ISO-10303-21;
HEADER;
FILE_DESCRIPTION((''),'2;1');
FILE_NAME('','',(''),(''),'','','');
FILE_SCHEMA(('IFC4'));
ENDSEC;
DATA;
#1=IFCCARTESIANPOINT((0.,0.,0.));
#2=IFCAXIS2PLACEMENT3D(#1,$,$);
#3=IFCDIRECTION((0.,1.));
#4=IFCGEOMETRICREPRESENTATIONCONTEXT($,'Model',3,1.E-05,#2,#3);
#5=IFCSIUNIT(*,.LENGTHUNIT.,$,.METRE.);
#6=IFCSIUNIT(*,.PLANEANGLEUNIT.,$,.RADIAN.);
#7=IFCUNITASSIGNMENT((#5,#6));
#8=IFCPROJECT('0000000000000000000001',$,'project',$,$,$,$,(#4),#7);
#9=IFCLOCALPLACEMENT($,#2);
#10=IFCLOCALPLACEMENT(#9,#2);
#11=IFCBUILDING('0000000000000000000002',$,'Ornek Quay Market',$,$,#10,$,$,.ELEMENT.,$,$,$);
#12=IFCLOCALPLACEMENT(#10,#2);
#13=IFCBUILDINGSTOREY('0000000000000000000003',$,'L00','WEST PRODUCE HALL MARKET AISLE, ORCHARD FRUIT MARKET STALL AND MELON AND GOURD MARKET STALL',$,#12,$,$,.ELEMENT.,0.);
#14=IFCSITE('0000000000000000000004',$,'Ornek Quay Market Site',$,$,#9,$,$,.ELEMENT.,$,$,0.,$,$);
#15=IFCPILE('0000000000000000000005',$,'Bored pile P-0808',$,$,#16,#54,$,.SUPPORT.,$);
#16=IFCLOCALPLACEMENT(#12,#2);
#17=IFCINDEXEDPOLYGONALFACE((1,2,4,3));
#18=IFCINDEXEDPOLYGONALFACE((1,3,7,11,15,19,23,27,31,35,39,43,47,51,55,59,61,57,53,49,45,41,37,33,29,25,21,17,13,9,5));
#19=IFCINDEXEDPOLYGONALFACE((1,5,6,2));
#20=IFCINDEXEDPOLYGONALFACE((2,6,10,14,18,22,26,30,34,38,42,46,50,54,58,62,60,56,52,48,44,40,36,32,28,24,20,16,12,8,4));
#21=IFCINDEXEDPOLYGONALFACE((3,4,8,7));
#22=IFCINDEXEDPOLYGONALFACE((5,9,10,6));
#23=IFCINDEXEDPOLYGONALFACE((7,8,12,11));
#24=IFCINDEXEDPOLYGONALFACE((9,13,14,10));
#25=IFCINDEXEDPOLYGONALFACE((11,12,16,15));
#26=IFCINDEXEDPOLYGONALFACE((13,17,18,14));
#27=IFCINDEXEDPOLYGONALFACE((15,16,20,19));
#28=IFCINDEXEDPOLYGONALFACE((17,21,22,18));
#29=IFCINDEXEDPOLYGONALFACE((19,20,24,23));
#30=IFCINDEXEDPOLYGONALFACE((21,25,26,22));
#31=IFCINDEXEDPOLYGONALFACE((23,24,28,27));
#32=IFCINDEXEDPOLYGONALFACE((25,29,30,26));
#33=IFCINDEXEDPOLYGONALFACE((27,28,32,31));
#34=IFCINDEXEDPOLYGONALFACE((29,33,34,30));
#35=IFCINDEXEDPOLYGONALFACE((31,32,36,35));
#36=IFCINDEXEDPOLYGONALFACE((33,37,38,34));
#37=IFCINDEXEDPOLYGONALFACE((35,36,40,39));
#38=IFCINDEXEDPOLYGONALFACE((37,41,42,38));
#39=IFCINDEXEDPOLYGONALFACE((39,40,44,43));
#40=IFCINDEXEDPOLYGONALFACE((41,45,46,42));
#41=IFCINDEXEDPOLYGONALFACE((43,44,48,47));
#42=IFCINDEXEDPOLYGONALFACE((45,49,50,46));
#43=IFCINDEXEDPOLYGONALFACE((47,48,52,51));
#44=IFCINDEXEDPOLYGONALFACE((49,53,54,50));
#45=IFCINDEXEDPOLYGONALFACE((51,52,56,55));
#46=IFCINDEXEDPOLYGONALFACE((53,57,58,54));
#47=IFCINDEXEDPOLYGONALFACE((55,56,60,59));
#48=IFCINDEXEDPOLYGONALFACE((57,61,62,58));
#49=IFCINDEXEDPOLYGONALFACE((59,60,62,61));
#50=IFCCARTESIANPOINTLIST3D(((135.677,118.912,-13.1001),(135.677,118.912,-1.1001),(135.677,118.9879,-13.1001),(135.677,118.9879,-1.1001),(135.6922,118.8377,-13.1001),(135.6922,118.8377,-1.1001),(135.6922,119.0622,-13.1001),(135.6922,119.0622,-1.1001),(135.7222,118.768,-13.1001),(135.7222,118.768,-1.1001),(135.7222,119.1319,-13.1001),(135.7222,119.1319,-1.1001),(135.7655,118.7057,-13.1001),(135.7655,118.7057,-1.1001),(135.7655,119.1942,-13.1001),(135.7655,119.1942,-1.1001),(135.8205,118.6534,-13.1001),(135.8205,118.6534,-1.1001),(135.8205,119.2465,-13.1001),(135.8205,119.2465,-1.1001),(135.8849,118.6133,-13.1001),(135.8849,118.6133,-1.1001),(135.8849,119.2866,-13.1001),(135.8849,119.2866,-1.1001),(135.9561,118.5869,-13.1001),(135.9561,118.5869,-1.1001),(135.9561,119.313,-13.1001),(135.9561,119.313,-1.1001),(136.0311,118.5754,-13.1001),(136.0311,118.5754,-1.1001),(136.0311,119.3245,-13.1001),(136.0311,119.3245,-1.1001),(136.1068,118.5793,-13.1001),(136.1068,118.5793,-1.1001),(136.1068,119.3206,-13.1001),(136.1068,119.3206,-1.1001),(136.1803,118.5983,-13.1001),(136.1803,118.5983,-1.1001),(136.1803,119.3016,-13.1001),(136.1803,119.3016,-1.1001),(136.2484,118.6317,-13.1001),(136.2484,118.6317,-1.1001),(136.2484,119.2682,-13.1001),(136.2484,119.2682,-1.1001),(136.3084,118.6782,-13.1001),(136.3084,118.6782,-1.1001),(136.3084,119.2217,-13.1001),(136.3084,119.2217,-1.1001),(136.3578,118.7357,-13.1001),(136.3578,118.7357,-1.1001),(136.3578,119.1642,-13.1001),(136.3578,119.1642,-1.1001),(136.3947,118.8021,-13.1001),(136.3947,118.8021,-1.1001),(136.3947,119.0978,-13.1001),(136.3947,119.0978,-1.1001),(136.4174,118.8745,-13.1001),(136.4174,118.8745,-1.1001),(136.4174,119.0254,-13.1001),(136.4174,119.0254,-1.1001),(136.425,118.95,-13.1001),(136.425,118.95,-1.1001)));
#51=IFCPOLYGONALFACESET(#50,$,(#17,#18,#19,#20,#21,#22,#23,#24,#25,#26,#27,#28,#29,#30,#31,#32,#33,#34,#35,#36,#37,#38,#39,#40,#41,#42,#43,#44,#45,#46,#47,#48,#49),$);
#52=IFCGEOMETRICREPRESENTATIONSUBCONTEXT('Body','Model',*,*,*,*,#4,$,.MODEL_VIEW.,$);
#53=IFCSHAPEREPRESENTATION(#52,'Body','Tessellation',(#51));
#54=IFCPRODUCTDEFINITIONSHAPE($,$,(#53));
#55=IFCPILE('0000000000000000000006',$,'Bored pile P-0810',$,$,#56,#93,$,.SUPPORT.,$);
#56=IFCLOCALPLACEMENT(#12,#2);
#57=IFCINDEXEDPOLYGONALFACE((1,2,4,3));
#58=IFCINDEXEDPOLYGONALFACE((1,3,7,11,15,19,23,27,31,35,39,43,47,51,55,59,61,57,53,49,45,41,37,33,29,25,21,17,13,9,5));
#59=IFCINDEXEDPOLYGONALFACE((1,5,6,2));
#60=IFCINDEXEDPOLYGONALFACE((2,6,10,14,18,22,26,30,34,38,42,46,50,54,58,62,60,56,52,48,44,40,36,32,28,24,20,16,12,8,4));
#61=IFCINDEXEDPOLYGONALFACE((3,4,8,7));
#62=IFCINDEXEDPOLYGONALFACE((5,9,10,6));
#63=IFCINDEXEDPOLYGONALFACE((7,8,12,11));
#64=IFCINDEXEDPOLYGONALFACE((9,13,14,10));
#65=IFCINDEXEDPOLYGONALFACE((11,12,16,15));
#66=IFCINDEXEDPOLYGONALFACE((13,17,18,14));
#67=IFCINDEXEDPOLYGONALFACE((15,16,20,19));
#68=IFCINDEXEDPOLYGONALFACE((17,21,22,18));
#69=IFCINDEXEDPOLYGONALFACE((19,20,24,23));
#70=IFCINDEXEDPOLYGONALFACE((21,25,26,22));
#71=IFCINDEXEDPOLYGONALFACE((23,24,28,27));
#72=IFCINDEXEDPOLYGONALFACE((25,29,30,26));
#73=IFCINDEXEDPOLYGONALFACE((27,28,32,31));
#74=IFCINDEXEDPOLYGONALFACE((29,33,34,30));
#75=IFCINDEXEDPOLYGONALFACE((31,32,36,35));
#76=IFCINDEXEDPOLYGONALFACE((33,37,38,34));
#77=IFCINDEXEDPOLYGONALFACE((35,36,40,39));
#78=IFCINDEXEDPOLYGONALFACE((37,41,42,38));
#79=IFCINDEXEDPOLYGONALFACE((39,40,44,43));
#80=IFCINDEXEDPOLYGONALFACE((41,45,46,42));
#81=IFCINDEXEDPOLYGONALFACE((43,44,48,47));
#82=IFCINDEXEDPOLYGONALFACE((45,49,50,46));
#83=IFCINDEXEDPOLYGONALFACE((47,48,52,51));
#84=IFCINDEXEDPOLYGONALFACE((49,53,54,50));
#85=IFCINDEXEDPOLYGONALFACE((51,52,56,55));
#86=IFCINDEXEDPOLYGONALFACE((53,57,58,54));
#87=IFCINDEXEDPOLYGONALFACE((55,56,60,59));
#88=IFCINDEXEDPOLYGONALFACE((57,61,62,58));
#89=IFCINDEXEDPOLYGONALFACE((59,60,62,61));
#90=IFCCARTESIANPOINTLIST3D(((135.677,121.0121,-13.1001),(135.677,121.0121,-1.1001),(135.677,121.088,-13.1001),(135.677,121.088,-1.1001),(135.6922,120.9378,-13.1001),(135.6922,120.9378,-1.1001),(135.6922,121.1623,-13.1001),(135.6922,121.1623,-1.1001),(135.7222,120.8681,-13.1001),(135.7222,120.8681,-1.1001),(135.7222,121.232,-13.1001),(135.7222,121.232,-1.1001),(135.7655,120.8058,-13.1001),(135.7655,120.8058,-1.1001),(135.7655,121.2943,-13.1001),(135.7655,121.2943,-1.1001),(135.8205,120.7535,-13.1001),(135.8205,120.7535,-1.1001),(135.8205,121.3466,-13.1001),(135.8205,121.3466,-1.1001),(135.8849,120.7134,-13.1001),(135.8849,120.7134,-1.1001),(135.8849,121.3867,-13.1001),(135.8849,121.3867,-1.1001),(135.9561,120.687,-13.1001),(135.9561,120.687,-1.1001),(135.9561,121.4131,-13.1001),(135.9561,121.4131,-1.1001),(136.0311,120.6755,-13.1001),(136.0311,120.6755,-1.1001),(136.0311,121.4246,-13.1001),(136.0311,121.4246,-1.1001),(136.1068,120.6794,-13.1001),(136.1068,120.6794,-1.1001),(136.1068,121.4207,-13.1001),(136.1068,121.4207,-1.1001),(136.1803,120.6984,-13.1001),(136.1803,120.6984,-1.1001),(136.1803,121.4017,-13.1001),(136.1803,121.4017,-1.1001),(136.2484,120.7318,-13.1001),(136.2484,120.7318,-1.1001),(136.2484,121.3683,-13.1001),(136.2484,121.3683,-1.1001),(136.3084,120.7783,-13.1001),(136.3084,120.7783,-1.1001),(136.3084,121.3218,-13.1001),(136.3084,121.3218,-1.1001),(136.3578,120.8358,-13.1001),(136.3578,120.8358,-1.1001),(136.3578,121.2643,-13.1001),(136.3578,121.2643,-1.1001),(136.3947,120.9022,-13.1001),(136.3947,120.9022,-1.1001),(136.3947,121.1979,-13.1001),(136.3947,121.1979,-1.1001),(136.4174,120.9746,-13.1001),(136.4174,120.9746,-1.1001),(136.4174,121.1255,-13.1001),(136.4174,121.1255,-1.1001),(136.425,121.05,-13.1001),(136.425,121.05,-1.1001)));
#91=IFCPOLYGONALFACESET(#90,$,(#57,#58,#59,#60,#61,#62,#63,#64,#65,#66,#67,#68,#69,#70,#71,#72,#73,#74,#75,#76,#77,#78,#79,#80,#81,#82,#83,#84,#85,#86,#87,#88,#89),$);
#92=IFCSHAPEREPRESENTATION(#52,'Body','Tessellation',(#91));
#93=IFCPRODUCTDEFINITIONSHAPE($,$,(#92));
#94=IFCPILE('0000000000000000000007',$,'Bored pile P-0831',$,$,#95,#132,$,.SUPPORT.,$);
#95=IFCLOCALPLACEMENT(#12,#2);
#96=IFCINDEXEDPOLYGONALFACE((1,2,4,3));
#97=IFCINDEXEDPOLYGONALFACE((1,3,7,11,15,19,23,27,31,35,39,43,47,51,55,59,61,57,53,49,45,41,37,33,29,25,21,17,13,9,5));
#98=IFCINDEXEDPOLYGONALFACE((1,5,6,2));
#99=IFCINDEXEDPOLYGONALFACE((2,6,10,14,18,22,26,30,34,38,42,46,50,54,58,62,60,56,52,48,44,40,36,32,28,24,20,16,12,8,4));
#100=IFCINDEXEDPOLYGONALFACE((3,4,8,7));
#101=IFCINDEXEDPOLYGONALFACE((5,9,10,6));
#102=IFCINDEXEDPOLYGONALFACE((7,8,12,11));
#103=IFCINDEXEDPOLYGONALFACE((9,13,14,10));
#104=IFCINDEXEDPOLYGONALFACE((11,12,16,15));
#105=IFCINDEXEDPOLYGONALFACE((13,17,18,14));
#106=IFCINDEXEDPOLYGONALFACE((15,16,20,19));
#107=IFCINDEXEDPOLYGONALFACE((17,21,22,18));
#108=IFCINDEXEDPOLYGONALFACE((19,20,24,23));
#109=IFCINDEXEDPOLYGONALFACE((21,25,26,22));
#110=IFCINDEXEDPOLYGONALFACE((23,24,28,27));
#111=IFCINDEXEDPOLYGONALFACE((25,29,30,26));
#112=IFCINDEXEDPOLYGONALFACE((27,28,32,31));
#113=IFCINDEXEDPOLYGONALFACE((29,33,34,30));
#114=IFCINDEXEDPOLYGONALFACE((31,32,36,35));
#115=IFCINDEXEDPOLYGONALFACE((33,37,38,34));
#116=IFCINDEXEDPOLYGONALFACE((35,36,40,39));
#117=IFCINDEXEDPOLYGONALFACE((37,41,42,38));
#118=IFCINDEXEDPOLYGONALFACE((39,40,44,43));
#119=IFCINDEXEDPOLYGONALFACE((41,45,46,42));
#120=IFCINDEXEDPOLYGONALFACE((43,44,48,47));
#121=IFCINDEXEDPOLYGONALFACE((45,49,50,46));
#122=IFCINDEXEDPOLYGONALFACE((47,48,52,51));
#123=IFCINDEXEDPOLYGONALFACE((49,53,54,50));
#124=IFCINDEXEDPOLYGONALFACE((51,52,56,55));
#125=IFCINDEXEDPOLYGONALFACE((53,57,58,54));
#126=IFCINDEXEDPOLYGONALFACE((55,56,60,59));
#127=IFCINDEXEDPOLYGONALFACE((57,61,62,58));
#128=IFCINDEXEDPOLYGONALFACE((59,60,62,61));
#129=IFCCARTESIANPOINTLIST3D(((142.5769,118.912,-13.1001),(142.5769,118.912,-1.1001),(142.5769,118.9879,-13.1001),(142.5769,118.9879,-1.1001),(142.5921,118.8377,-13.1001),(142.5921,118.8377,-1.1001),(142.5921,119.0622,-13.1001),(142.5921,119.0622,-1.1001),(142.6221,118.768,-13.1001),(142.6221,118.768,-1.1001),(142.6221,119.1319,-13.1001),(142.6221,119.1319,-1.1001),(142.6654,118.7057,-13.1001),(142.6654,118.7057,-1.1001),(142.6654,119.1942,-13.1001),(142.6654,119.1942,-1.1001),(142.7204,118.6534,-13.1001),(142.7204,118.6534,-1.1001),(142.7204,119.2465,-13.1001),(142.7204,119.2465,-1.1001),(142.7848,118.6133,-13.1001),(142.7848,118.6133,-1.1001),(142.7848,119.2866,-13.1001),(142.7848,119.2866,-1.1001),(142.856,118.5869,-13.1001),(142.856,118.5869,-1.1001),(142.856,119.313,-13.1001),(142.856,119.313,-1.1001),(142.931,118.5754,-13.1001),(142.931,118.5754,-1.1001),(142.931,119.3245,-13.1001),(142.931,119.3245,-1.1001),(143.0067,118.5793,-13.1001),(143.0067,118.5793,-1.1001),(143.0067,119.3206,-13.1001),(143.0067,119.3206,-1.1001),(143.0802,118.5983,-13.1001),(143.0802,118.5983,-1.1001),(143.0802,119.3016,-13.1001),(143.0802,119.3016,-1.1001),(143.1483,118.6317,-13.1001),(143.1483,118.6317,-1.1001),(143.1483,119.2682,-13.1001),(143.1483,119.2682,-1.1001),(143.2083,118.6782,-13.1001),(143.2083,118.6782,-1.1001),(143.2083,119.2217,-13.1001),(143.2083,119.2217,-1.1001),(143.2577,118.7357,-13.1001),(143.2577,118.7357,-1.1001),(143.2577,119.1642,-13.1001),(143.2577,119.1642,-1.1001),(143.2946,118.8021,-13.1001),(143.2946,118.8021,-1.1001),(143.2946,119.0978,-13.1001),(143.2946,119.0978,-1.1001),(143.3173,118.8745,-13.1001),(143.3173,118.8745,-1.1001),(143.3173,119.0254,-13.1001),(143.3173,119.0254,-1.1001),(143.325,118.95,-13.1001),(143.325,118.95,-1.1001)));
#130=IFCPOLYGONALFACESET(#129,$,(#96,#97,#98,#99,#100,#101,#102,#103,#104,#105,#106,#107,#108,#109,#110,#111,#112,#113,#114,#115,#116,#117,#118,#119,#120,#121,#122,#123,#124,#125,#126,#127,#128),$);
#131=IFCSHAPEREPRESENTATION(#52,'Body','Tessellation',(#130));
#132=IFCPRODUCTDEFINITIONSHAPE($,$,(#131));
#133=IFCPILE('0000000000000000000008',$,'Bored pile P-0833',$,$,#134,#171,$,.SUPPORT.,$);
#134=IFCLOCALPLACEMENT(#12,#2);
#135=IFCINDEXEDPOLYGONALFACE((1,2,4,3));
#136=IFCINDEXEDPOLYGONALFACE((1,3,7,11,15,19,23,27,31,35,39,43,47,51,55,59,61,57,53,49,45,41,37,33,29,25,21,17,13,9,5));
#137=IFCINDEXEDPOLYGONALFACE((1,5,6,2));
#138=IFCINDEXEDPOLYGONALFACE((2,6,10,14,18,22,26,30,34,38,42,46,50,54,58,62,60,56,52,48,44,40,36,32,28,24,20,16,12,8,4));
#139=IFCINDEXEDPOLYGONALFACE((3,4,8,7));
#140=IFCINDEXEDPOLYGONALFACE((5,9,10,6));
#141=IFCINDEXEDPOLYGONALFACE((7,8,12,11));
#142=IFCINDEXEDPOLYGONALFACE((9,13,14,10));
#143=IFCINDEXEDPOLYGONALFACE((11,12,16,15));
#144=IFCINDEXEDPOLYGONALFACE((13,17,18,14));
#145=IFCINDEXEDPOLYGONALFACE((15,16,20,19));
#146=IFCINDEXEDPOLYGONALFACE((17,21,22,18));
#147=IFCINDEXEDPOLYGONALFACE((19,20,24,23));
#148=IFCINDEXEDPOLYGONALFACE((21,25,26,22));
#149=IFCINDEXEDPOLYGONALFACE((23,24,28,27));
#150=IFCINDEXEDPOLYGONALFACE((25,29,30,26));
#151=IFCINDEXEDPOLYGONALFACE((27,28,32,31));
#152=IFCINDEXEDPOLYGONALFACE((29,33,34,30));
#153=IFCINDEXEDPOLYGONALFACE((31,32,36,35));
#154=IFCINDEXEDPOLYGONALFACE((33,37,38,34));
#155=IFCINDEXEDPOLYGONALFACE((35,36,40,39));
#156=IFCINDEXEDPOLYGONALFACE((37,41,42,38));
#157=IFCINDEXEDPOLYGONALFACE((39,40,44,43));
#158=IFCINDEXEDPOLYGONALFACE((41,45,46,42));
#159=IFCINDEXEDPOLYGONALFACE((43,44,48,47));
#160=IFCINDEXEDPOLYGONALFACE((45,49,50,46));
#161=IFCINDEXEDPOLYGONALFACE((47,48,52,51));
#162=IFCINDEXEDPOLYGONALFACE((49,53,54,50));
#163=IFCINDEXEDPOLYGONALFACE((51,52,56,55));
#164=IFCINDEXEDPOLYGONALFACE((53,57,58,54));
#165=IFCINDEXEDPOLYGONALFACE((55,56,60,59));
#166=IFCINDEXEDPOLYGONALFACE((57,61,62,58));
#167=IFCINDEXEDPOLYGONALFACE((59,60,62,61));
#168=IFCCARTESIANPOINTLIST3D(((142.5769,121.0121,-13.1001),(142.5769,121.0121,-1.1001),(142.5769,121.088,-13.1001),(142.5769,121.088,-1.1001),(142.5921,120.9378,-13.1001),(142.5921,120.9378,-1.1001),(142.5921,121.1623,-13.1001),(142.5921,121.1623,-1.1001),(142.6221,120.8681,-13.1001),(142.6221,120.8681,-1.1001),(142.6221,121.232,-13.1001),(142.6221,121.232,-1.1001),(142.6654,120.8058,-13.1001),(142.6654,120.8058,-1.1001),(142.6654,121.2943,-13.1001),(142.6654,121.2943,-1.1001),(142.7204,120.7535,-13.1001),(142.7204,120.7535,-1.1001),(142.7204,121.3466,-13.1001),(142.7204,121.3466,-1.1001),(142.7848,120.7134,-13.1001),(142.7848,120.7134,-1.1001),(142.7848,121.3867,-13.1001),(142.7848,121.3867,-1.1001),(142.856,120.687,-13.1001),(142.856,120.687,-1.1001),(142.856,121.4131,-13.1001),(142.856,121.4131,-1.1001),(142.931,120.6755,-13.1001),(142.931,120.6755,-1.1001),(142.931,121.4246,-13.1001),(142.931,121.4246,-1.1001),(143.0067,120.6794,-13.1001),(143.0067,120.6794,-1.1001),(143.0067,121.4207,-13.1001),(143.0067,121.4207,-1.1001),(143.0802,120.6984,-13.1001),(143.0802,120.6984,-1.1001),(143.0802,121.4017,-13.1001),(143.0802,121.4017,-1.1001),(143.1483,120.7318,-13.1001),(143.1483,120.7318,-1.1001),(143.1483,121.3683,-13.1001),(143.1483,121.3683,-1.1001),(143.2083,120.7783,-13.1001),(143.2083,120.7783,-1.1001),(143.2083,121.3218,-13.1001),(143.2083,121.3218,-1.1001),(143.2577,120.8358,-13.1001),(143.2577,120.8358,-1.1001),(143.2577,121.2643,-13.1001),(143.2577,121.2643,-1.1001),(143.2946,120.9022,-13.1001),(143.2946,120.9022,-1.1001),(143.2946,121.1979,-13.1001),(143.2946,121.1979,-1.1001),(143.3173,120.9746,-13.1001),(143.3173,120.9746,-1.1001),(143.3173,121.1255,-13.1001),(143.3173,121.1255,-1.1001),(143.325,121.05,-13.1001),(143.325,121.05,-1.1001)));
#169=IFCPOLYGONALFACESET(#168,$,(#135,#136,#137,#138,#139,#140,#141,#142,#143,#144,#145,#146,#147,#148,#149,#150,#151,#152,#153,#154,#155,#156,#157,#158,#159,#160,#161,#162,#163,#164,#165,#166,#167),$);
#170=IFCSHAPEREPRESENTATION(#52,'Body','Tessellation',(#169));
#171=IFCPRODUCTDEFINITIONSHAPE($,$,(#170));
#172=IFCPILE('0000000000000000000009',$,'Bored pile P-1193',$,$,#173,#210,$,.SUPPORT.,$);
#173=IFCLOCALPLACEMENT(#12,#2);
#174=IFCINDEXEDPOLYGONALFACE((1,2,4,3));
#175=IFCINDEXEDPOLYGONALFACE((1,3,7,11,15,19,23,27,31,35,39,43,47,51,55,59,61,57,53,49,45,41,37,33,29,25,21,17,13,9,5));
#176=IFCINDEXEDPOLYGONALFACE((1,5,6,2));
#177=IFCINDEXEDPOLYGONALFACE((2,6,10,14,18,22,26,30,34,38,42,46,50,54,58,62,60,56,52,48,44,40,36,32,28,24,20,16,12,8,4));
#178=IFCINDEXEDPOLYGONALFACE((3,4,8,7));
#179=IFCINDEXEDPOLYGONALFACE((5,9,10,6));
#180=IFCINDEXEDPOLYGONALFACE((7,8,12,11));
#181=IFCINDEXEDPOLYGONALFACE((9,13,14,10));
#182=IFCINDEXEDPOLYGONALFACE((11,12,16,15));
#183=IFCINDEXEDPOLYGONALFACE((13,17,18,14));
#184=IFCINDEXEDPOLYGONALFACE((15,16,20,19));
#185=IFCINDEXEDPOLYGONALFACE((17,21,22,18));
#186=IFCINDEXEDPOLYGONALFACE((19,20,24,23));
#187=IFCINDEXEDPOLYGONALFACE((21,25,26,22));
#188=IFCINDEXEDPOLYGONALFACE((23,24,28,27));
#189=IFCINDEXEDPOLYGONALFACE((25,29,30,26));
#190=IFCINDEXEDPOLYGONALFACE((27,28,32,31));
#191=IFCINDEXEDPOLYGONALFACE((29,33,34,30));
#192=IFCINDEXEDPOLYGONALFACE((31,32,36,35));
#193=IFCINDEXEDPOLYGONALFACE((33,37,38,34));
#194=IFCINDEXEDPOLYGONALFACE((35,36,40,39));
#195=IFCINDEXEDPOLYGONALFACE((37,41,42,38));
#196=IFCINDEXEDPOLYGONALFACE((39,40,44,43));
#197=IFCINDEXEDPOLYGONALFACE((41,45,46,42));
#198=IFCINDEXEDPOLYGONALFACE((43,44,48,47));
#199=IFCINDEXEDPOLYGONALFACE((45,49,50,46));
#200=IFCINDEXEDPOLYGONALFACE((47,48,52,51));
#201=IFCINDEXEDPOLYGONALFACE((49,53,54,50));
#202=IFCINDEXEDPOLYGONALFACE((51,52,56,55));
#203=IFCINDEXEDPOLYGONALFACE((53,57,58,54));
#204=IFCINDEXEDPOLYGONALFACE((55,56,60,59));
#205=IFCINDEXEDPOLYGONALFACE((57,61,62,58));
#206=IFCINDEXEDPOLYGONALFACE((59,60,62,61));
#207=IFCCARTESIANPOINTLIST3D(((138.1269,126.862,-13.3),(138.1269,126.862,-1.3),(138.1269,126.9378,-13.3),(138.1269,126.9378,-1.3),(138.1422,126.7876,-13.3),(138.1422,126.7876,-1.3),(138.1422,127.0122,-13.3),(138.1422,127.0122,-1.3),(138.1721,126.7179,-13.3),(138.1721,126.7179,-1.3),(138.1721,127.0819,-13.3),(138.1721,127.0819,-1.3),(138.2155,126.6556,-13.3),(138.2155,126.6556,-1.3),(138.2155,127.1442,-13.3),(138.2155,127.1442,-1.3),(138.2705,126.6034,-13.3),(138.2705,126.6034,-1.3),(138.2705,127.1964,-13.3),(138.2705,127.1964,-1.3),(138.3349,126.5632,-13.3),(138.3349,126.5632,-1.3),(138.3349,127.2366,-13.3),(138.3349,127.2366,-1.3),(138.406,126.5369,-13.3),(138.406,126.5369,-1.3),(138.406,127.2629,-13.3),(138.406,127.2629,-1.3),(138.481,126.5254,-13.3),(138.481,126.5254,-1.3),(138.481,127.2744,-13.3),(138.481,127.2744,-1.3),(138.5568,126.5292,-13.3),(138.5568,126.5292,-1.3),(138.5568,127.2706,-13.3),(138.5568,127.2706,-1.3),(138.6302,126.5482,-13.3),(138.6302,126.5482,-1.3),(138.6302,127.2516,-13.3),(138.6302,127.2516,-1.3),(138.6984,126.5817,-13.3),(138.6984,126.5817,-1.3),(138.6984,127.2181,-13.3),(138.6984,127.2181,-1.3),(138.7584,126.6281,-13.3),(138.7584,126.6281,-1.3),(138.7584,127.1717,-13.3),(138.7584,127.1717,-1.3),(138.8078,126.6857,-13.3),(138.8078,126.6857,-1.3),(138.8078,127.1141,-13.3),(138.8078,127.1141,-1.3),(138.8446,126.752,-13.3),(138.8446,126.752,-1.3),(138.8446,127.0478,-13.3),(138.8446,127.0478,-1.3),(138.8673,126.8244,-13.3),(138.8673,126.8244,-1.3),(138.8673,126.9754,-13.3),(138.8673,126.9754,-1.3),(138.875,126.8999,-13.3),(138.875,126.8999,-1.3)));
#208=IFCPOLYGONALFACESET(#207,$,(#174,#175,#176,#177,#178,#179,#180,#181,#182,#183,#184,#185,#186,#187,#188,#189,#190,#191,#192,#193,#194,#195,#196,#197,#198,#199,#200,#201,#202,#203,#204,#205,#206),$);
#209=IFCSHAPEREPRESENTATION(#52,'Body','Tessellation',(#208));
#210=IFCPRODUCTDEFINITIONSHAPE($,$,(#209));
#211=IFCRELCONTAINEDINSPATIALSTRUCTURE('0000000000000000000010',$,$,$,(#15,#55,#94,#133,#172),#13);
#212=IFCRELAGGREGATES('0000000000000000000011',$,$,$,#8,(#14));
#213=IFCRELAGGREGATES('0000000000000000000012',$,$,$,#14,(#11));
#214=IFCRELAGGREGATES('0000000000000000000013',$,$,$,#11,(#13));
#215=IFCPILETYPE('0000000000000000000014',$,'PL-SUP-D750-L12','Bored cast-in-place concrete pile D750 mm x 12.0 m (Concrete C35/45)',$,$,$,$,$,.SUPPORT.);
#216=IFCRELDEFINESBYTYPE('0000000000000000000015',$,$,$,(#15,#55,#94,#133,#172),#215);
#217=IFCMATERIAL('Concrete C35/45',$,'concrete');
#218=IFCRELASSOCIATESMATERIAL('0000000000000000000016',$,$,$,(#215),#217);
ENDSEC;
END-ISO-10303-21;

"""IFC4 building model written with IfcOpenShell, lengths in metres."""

from ifc_helpers import new_model, si_unit, direction, frame, origin, origin_2d, place, context, subcontext, project, spatial, circle, extrude, material, material_profile, profile_set, type_object, element, save


model = new_model("IFC4")

# Units and contexts
model_context = context("Model", 3, precision=1e-05, world=origin(), true_north=direction((0.0, 1.0)))
body_context = subcontext(model_context, "Body", "Model", "MODEL_VIEW")
ifc_project = project(units=[si_unit("LENGTHUNIT", "METRE"), si_unit("PLANEANGLEUNIT", "RADIAN")], contexts=[model_context])

# Site, building, storey
site_placement = place(None, origin())
site = spatial("IfcSite", under=ifc_project, at=site_placement, Name="Ornek Quay Market Site", CompositionType="ELEMENT", RefElevation=0.0)
building_placement = place(site_placement, origin())
building = spatial("IfcBuilding", under=site, at=building_placement, Name="Ornek Quay Market", CompositionType="ELEMENT")
storey_placement = place(building_placement, origin())
storey = spatial("IfcBuildingStorey", under=building, at=storey_placement, Name="L00", Description="WEST PRODUCE HALL MARKET AISLE, ORCHARD FRUIT MARKET STALL AND MELON AND GOURD MARKET STALL", CompositionType="ELEMENT", Elevation=0.0)

# Piles
ifc_material_1 = material(Name="Concrete C35/45", Category="concrete")
ifc_material_profile_1 = material_profile(ifc_material_1, circle(Radius=0.375, at=origin_2d()), Name="PILE D750", Category="concrete")
ifc_profile_set_1 = profile_set([ifc_material_profile_1], Name="Concrete C35/45")
pile_type = type_object("IfcPileType", Name="PL-SUP-D750-L12", Description="Bored cast-in-place concrete pile D750 mm x 12.0 m (Concrete C35/45)", PredefinedType="SUPPORT", material=ifc_profile_set_1)
for number, where, z_axis, x_axis, name in (
    (1, (136.05, 118.95, -1.1001), (0.0, 0.0, -1.0), (1.0, 0.0, 0.0), "Bored pile P-0808"),
    (2, (136.05, 121.05, -1.1001), (0.0, 0.0, -1.0), (1.0, 0.0, 0.0), "Bored pile P-0810"),
    (3, (142.95, 118.95, -1.1001), (0.0, 0.0, -1.0), (1.0, 0.0, 0.0), "Bored pile P-0831"),
    (4, (142.95, 121.05, -1.1001), (0.0, 0.0, -1.0), (1.0, 0.0, 0.0), "Bored pile P-0833"),
    (5, (138.5, 126.8999, -1.3), (0.0, 0.0, -1.0), (1.0, 0.0, 0.0), "Bored pile P-1193"),
):
    element("IfcPile", number, at=place(storey_placement, frame(where, z_axis=z_axis, x_axis=x_axis)), inside=storey, type_object=pile_type, Name=name, PredefinedType="SUPPORT", context=body_context, shape_type="SweptSolid", body=[
        extrude(circle(Radius=0.375, at=origin_2d()), origin(), (0.0, 0.0, 1.0), 12.0),
    ])

save(model, "model.ifc")
